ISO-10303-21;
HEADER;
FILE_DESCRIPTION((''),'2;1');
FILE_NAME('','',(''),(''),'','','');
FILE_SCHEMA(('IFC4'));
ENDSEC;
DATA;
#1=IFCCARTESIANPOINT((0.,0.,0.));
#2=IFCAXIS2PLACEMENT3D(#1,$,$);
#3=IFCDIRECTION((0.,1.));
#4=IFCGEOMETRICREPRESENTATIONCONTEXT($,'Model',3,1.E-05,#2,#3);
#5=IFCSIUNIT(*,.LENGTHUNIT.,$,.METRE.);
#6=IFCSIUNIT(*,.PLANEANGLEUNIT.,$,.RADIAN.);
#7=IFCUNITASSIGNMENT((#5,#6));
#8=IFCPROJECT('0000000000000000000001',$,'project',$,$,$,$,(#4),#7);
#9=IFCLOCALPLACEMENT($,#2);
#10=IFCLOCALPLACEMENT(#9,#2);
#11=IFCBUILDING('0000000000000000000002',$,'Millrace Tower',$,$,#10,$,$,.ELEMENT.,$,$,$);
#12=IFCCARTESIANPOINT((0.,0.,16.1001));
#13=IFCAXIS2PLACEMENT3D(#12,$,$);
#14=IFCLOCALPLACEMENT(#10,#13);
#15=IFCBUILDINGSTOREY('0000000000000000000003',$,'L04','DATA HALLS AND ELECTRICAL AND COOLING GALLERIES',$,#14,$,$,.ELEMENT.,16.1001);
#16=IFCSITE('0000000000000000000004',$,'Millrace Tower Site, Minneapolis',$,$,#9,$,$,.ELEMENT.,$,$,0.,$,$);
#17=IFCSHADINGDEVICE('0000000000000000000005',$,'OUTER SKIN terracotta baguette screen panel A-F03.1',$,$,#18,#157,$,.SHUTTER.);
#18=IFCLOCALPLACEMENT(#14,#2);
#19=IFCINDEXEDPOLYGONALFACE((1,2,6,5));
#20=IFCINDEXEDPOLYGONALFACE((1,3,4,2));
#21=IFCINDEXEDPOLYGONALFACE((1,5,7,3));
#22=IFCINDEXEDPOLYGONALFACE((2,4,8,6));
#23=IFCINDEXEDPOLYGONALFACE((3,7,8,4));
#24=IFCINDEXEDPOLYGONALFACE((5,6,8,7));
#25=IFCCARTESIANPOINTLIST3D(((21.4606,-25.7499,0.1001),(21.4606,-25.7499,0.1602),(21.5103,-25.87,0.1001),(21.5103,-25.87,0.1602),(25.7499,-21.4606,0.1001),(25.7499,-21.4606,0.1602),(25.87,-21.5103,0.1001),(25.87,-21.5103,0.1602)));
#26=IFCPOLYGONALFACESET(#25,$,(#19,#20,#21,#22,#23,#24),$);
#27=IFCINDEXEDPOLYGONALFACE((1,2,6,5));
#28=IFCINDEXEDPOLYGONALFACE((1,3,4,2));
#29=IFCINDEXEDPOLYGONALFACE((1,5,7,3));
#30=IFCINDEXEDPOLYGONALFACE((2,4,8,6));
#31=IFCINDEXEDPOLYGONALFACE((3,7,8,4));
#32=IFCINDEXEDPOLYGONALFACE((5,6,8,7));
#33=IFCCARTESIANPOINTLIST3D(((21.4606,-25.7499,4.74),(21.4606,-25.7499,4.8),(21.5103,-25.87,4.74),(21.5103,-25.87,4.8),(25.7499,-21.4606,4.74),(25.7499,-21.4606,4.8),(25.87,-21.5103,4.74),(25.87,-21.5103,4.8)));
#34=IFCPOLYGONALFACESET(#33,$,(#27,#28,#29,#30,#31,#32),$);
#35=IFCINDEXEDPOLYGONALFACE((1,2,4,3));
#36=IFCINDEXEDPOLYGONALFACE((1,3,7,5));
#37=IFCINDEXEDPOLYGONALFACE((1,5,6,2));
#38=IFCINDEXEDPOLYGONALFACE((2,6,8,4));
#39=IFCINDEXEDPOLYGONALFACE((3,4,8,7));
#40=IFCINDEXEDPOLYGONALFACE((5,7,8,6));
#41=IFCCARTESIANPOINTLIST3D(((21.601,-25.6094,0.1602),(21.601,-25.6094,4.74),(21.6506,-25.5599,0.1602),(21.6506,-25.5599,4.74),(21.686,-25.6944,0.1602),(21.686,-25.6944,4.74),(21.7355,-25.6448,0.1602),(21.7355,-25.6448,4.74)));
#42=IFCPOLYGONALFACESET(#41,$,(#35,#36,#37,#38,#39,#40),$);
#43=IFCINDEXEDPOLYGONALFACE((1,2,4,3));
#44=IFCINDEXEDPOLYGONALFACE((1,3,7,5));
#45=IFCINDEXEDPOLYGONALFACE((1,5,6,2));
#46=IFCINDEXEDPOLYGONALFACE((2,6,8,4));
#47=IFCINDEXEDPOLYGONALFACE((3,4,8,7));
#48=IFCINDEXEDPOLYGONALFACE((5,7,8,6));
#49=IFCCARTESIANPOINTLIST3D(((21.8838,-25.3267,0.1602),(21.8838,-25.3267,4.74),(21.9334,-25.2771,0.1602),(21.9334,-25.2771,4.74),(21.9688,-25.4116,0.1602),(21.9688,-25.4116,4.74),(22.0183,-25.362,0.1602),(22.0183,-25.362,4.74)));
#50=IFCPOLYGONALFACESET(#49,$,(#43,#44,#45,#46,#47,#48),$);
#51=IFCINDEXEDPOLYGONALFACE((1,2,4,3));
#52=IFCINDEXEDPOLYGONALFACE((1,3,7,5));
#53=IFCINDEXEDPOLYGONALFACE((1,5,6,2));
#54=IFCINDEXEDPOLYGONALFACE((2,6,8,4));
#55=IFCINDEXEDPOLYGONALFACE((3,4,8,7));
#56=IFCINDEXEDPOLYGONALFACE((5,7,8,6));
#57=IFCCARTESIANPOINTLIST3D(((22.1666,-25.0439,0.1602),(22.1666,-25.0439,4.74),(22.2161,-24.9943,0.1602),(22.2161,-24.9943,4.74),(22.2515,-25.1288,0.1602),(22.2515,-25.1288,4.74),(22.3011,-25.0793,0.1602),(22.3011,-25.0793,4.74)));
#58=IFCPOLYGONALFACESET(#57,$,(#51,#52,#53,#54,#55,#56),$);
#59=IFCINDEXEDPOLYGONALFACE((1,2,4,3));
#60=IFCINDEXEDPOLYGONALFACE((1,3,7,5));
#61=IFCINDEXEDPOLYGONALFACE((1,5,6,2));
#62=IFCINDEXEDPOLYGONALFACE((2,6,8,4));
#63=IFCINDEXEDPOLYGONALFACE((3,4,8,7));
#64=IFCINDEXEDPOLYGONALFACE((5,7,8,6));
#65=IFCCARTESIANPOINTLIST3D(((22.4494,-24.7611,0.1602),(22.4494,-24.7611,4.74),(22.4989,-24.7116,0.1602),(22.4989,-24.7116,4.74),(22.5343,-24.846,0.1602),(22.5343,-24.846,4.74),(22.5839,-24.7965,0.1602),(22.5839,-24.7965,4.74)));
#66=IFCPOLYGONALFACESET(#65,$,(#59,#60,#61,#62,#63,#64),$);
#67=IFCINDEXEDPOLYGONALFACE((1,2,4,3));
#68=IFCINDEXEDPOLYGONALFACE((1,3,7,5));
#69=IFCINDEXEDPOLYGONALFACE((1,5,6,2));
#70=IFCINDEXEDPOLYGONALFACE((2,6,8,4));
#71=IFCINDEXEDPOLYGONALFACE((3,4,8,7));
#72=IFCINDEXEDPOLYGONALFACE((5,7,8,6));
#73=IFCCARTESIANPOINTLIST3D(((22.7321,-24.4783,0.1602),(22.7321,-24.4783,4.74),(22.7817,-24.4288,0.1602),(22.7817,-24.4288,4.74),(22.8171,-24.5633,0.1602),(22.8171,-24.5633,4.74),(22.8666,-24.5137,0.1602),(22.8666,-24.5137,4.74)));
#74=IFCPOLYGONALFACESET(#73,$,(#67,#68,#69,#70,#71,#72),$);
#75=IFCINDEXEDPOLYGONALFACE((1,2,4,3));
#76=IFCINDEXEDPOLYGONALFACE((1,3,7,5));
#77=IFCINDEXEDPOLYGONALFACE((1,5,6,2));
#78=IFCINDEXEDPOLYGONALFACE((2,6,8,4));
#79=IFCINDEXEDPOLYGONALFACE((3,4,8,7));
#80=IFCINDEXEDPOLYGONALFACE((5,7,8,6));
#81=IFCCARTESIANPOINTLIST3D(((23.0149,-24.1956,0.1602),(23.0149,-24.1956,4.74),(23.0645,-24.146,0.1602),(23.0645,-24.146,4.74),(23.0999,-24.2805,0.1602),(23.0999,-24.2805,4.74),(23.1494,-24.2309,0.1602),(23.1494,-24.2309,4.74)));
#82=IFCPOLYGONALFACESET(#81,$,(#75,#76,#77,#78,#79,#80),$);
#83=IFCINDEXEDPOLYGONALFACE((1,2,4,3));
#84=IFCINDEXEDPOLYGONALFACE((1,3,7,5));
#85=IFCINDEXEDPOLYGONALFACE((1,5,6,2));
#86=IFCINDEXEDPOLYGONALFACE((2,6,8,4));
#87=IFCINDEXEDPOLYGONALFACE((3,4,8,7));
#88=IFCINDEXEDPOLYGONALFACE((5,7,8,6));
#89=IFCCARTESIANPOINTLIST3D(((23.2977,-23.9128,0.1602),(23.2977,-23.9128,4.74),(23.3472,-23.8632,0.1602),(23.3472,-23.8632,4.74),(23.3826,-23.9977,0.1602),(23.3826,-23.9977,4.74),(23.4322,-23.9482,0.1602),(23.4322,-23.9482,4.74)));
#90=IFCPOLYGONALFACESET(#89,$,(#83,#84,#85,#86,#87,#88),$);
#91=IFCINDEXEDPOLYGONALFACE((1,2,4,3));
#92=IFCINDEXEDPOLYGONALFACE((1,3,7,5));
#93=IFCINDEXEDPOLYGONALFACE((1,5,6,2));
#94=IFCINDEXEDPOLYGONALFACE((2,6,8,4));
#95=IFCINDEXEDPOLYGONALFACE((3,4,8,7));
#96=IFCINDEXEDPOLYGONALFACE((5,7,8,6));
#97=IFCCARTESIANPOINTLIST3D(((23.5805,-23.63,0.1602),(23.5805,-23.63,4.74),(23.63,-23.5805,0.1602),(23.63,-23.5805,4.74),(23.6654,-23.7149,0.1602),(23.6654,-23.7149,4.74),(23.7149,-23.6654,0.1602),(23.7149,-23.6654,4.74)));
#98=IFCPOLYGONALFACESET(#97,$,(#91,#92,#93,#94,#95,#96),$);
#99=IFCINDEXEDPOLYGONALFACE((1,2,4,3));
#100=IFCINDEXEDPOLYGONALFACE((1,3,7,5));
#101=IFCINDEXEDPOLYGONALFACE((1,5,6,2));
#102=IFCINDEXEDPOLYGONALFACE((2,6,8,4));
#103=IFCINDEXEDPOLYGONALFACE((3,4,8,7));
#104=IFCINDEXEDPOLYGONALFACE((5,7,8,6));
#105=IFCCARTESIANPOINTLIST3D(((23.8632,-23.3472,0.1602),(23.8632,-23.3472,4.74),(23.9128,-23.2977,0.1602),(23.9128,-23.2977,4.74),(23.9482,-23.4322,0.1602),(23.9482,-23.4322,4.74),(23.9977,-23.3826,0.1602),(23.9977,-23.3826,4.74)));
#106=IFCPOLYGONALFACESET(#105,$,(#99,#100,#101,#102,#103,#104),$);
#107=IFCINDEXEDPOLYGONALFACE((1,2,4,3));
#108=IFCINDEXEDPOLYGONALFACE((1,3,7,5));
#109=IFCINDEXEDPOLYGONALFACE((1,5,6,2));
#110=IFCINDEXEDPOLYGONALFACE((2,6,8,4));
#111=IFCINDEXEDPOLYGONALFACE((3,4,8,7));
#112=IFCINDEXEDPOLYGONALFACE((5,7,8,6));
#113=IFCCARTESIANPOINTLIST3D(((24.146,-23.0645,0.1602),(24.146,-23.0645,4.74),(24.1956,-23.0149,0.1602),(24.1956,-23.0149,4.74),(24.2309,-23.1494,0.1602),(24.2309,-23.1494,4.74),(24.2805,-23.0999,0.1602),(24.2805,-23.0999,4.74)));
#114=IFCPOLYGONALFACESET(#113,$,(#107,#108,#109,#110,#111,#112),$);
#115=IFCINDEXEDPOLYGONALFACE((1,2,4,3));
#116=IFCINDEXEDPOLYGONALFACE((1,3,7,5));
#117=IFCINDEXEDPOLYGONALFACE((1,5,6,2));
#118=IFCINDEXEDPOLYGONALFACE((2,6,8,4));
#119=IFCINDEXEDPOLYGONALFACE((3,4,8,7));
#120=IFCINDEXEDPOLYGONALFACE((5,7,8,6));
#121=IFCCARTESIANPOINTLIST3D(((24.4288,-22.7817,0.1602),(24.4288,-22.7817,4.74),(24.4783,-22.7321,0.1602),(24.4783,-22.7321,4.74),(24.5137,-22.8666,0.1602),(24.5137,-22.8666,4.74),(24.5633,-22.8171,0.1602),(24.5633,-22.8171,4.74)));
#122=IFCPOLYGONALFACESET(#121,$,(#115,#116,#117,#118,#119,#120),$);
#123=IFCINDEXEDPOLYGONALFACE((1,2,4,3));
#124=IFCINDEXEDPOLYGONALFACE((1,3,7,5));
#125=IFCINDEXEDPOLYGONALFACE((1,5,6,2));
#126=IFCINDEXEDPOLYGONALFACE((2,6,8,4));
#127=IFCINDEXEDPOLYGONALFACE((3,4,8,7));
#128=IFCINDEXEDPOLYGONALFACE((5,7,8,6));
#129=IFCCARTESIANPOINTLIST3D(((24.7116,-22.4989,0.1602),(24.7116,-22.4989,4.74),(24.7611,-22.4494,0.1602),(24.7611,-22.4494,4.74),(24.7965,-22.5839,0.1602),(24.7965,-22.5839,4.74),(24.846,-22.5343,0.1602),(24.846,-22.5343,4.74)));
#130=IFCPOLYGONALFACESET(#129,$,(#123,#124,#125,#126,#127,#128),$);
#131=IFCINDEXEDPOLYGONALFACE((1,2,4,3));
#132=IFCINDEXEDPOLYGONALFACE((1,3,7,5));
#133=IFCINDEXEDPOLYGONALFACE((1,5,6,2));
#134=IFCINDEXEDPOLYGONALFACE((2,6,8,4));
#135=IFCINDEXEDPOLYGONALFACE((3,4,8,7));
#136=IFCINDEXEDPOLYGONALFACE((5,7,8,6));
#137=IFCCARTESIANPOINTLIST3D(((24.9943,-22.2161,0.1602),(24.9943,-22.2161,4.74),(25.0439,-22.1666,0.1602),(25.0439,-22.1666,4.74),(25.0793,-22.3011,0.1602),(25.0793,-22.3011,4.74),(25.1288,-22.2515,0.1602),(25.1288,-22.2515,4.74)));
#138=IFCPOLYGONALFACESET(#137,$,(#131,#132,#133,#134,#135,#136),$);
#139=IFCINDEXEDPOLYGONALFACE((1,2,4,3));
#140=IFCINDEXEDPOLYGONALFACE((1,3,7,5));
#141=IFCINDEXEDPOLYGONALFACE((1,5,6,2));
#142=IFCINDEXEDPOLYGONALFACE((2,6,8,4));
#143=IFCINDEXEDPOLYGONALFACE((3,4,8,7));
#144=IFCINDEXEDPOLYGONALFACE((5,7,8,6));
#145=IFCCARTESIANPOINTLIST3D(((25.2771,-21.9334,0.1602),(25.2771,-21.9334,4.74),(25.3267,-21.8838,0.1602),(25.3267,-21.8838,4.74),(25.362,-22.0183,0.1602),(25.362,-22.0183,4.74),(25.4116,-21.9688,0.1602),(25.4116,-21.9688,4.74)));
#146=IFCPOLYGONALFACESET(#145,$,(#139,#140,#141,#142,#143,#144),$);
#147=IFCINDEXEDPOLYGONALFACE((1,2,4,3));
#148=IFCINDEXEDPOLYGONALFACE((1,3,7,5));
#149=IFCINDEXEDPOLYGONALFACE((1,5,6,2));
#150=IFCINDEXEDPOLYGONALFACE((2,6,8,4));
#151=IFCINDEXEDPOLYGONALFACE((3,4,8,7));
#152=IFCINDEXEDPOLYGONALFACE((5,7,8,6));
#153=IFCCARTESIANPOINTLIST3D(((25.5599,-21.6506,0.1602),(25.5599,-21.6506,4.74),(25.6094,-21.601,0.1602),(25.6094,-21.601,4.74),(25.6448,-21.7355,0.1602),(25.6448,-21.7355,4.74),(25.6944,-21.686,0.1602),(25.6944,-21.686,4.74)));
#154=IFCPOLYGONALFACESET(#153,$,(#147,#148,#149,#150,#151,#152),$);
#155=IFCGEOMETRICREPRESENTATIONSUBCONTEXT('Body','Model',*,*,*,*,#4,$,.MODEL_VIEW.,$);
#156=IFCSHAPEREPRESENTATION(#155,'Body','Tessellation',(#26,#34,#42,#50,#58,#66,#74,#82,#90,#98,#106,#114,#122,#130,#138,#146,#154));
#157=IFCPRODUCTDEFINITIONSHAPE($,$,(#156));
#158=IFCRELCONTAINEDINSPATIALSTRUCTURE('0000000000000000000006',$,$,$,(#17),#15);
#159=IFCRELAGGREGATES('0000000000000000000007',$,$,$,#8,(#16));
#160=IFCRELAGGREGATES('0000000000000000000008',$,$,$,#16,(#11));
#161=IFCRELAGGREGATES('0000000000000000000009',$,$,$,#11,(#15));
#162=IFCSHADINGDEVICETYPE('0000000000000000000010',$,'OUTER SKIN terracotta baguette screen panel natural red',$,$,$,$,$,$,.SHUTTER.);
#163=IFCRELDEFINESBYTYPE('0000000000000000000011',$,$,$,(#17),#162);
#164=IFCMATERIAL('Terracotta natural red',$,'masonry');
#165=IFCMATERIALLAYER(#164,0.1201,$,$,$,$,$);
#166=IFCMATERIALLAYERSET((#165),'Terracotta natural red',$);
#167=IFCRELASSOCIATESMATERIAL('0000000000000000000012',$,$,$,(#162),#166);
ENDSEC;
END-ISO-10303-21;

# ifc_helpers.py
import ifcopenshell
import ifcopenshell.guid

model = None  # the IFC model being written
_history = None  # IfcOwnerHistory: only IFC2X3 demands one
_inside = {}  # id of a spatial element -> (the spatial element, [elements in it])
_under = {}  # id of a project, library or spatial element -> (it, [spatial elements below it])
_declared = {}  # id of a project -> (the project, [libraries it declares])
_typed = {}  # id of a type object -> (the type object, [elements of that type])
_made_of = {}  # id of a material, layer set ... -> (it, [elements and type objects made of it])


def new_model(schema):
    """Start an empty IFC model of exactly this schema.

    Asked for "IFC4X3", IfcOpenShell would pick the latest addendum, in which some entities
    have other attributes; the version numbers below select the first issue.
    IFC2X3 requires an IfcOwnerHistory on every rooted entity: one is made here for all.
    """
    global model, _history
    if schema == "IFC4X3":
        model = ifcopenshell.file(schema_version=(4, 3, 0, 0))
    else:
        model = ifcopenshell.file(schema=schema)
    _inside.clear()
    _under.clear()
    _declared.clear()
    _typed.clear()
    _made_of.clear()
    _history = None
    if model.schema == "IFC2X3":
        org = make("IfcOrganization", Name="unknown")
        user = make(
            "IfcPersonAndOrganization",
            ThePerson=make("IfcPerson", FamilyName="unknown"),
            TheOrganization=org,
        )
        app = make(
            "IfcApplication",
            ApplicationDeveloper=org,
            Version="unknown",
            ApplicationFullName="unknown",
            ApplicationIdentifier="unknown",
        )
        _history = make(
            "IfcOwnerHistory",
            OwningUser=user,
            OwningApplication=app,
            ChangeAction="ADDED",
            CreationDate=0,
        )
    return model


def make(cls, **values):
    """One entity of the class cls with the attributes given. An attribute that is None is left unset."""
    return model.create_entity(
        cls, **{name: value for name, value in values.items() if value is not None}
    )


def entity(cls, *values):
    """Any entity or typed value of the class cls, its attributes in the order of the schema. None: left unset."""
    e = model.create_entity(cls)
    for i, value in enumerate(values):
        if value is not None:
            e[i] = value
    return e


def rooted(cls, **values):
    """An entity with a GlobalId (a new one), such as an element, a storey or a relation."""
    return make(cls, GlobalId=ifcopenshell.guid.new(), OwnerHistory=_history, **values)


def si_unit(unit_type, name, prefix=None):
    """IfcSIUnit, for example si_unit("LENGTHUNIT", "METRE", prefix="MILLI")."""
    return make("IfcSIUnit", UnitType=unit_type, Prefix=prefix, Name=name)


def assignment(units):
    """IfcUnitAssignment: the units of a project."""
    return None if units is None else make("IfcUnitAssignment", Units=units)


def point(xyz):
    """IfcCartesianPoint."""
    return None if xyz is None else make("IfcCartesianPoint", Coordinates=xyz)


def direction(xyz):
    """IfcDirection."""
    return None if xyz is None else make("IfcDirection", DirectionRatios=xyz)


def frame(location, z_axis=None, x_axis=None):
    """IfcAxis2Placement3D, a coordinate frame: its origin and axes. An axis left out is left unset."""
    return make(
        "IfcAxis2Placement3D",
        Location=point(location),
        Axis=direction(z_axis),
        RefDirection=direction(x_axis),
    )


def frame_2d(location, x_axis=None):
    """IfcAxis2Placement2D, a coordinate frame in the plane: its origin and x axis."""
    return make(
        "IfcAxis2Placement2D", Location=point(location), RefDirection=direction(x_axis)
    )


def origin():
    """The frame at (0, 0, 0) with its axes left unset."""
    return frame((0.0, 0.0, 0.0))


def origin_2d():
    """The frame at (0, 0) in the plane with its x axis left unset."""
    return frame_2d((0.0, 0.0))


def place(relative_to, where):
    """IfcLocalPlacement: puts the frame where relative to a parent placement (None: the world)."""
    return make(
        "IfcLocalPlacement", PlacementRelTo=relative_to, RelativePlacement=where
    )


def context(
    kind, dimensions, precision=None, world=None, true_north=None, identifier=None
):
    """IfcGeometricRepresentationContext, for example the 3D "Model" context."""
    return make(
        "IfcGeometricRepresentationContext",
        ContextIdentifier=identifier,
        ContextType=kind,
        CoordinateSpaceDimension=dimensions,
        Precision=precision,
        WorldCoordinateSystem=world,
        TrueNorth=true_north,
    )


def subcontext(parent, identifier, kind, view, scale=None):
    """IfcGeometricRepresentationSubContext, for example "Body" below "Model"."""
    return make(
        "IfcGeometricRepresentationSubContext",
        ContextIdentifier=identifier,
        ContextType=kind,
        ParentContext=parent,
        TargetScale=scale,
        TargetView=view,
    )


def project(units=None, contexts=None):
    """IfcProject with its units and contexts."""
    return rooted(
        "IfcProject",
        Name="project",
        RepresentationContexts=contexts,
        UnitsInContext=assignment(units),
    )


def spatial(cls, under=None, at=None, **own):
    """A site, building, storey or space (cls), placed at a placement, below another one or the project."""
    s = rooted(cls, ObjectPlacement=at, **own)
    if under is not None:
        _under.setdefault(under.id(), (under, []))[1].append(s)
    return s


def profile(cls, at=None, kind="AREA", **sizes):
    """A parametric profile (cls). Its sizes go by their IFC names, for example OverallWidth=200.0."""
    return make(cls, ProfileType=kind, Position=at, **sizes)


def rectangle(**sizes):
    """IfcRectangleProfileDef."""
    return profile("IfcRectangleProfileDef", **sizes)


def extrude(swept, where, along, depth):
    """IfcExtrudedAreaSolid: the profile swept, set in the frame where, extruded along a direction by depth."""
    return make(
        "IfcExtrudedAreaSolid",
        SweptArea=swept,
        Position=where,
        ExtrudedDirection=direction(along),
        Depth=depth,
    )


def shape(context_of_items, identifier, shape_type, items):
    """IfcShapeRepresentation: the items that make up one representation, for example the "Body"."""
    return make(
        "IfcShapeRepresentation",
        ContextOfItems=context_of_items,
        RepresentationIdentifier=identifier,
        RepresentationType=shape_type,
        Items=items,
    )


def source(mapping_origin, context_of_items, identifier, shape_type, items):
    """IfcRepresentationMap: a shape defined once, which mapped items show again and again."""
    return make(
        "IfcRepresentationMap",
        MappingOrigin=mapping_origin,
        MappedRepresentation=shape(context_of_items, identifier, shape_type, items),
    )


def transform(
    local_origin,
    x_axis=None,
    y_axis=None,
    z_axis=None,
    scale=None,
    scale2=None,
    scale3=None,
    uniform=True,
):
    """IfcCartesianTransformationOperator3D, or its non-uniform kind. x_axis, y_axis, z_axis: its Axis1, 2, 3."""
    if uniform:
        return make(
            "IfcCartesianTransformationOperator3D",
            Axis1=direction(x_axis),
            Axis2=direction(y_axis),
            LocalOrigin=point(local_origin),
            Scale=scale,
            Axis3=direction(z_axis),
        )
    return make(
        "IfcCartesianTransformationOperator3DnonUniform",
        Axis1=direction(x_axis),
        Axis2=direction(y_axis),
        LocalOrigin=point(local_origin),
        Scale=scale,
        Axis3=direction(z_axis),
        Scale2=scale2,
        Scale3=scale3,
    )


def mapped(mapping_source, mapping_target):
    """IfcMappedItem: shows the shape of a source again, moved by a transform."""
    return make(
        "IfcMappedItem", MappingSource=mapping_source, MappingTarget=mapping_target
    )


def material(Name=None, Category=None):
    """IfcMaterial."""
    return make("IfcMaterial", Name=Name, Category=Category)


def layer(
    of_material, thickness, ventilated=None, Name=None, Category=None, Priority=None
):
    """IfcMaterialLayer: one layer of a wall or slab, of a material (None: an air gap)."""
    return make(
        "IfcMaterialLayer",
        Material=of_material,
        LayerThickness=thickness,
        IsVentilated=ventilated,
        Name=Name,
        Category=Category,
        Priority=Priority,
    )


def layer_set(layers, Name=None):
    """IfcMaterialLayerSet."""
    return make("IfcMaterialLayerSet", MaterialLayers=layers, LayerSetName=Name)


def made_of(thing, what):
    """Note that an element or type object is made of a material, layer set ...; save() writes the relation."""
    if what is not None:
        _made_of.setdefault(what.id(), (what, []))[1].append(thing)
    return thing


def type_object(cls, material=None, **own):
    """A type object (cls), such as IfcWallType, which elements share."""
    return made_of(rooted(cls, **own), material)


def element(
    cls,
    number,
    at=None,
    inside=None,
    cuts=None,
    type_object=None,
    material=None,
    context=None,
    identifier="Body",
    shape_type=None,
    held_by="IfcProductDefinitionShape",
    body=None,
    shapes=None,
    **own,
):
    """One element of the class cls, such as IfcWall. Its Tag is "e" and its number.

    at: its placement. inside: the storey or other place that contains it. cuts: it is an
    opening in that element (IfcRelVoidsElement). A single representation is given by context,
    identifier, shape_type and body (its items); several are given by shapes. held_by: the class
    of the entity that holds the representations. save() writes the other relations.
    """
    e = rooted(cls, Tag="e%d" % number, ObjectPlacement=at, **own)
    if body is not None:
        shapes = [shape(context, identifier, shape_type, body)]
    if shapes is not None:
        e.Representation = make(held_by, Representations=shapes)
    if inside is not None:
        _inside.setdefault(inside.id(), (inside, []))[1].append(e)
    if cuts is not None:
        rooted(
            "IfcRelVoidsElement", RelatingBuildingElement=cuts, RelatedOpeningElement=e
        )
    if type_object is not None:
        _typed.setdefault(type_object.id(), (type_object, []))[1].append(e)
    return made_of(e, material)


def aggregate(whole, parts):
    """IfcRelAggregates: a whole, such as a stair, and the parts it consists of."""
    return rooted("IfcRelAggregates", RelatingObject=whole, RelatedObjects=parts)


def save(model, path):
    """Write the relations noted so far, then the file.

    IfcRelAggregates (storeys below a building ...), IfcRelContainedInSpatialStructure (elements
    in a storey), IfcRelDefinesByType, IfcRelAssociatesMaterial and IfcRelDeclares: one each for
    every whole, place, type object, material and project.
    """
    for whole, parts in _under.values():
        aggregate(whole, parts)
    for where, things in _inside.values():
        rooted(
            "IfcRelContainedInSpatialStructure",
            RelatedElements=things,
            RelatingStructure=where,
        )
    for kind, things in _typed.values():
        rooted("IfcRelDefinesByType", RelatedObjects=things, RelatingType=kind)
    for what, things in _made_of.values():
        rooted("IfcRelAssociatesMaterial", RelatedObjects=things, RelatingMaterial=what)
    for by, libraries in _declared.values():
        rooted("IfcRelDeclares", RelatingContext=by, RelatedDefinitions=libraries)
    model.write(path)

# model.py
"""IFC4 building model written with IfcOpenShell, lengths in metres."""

from ifc_helpers import new_model, entity, si_unit, direction, frame, frame_2d, origin, origin_2d, place, context, subcontext, project, spatial, rectangle, extrude, source, transform, mapped, material, layer, layer_set, type_object, element, save


model = new_model("IFC4")

# Units and contexts
model_context = context("Model", 3, precision=1e-05, world=origin(), true_north=direction((0.0, 1.0)))
body_context = subcontext(model_context, "Body", "Model", "MODEL_VIEW")
ifc_project = project(units=[si_unit("LENGTHUNIT", "METRE"), si_unit("PLANEANGLEUNIT", "RADIAN")], contexts=[model_context])

# Site, building, storey
site_placement = place(None, origin())
site = spatial("IfcSite", under=ifc_project, at=site_placement, Name="Millrace Tower Site, Minneapolis", CompositionType="ELEMENT", RefElevation=0.0)
building_placement = place(site_placement, origin())
building = spatial("IfcBuilding", under=site, at=building_placement, Name="Millrace Tower", CompositionType="ELEMENT")
storey_placement = place(building_placement, frame((0.0, 0.0, 16.1001)))
storey = spatial("IfcBuildingStorey", under=building, at=storey_placement, Name="L04", Description="DATA HALLS AND ELECTRICAL AND COOLING GALLERIES", CompositionType="ELEMENT", Elevation=16.1001)

# Shading device
ifc_material_1 = material(Name="Terracotta natural red", Category="masonry")
ifc_layer_1 = layer(ifc_material_1, 0.1201)
ifc_layer_set_1 = layer_set([ifc_layer_1], Name="Terracotta natural red")
shading_device_type_1 = type_object("IfcShadingDeviceType", Name="OUTER SKIN terracotta baguette screen panel natural red", PredefinedType="SHUTTER", material=ifc_layer_set_1)
cartesian_point_1 = entity("IfcCartesianPoint", [-3.033, 0.0601])
shared_polyline_1 = entity("IfcPolyline", [cartesian_point_1, entity("IfcCartesianPoint", [3.033, 0.0601]), entity("IfcCartesianPoint", [3.0828, -0.0601]), entity("IfcCartesianPoint", [-3.0828, -0.0601]), cartesian_point_1])
shared_shape_1 = source(origin(), body_context, "Body", "SweptSolid", [
    entity("IfcExtrudedAreaSolid", entity("IfcArbitraryClosedProfileDef", "AREA", None, shared_polyline_1), entity("IfcAxis2Placement3D", entity("IfcCartesianPoint", [0.0, 0.0, 0.0])), entity("IfcDirection", [0.0, 0.0, 1.0]), 0.0601),
    entity("IfcExtrudedAreaSolid", entity("IfcArbitraryClosedProfileDef", "AREA", None, shared_polyline_1), entity("IfcAxis2Placement3D", entity("IfcCartesianPoint", [0.0, 0.0, 4.6399])), entity("IfcDirection", [0.0, 0.0, 1.0]), 0.0601),
    extrude(rectangle(XDim=0.0701, YDim=0.1201, at=frame_2d((-2.7993, 0.0))), frame((0.0, 0.0, 0.0601)), (0.0, 0.0, 1.0), 4.5798),
    extrude(rectangle(XDim=0.0701, YDim=0.1201, at=frame_2d((-2.3994, 0.0))), frame((0.0, 0.0, 0.0601)), (0.0, 0.0, 1.0), 4.5798),
    extrude(rectangle(XDim=0.0701, YDim=0.1201, at=frame_2d((-1.9995, 0.0))), frame((0.0, 0.0, 0.0601)), (0.0, 0.0, 1.0), 4.5798),
    extrude(rectangle(XDim=0.0701, YDim=0.1201, at=frame_2d((-1.5996, 0.0))), frame((0.0, 0.0, 0.0601)), (0.0, 0.0, 1.0), 4.5798),
    extrude(rectangle(XDim=0.0701, YDim=0.1201, at=frame_2d((-1.1997, 0.0))), frame((0.0, 0.0, 0.0601)), (0.0, 0.0, 1.0), 4.5798),
    extrude(rectangle(XDim=0.0701, YDim=0.1201, at=frame_2d((-0.7998, 0.0))), frame((0.0, 0.0, 0.0601)), (0.0, 0.0, 1.0), 4.5798),
    extrude(rectangle(XDim=0.0701, YDim=0.1201, at=frame_2d((-0.3999, 0.0))), frame((0.0, 0.0, 0.0601)), (0.0, 0.0, 1.0), 4.5798),
    extrude(rectangle(XDim=0.0701, YDim=0.1201, at=origin_2d()), frame((0.0, 0.0, 0.0601)), (0.0, 0.0, 1.0), 4.5798),
    extrude(rectangle(XDim=0.0701, YDim=0.1201, at=frame_2d((0.3999, 0.0))), frame((0.0, 0.0, 0.0601)), (0.0, 0.0, 1.0), 4.5798),
    extrude(rectangle(XDim=0.0701, YDim=0.1201, at=frame_2d((0.7998, 0.0))), frame((0.0, 0.0, 0.0601)), (0.0, 0.0, 1.0), 4.5798),
    extrude(rectangle(XDim=0.0701, YDim=0.1201, at=frame_2d((1.1997, 0.0))), frame((0.0, 0.0, 0.0601)), (0.0, 0.0, 1.0), 4.5798),
    extrude(rectangle(XDim=0.0701, YDim=0.1201, at=frame_2d((1.5996, 0.0))), frame((0.0, 0.0, 0.0601)), (0.0, 0.0, 1.0), 4.5798),
    extrude(rectangle(XDim=0.0701, YDim=0.1201, at=frame_2d((1.9995, 0.0))), frame((0.0, 0.0, 0.0601)), (0.0, 0.0, 1.0), 4.5798),
    extrude(rectangle(XDim=0.0701, YDim=0.1201, at=frame_2d((2.3994, 0.0))), frame((0.0, 0.0, 0.0601)), (0.0, 0.0, 1.0), 4.5798),
    extrude(rectangle(XDim=0.0701, YDim=0.1201, at=frame_2d((2.7993, 0.0))), frame((0.0, 0.0, 0.0601)), (0.0, 0.0, 1.0), 4.5798),
])
shading_device_1_placement = place(storey_placement, frame((23.6477, -23.6477, 0.1001), z_axis=(0.0, 0.0, 1.0), x_axis=(0.707107, 0.707107, 0.0)))
element("IfcShadingDevice", 1, at=shading_device_1_placement, inside=storey, type_object=shading_device_type_1, Name="OUTER SKIN terracotta baguette screen panel A-F03.1", PredefinedType="SHUTTER", context=body_context, shape_type="MappedRepresentation", body=[
    mapped(shared_shape_1, transform((0.0, 0.0, 0.0), scale=1.0)),
])

save(model, "model.ifc")
